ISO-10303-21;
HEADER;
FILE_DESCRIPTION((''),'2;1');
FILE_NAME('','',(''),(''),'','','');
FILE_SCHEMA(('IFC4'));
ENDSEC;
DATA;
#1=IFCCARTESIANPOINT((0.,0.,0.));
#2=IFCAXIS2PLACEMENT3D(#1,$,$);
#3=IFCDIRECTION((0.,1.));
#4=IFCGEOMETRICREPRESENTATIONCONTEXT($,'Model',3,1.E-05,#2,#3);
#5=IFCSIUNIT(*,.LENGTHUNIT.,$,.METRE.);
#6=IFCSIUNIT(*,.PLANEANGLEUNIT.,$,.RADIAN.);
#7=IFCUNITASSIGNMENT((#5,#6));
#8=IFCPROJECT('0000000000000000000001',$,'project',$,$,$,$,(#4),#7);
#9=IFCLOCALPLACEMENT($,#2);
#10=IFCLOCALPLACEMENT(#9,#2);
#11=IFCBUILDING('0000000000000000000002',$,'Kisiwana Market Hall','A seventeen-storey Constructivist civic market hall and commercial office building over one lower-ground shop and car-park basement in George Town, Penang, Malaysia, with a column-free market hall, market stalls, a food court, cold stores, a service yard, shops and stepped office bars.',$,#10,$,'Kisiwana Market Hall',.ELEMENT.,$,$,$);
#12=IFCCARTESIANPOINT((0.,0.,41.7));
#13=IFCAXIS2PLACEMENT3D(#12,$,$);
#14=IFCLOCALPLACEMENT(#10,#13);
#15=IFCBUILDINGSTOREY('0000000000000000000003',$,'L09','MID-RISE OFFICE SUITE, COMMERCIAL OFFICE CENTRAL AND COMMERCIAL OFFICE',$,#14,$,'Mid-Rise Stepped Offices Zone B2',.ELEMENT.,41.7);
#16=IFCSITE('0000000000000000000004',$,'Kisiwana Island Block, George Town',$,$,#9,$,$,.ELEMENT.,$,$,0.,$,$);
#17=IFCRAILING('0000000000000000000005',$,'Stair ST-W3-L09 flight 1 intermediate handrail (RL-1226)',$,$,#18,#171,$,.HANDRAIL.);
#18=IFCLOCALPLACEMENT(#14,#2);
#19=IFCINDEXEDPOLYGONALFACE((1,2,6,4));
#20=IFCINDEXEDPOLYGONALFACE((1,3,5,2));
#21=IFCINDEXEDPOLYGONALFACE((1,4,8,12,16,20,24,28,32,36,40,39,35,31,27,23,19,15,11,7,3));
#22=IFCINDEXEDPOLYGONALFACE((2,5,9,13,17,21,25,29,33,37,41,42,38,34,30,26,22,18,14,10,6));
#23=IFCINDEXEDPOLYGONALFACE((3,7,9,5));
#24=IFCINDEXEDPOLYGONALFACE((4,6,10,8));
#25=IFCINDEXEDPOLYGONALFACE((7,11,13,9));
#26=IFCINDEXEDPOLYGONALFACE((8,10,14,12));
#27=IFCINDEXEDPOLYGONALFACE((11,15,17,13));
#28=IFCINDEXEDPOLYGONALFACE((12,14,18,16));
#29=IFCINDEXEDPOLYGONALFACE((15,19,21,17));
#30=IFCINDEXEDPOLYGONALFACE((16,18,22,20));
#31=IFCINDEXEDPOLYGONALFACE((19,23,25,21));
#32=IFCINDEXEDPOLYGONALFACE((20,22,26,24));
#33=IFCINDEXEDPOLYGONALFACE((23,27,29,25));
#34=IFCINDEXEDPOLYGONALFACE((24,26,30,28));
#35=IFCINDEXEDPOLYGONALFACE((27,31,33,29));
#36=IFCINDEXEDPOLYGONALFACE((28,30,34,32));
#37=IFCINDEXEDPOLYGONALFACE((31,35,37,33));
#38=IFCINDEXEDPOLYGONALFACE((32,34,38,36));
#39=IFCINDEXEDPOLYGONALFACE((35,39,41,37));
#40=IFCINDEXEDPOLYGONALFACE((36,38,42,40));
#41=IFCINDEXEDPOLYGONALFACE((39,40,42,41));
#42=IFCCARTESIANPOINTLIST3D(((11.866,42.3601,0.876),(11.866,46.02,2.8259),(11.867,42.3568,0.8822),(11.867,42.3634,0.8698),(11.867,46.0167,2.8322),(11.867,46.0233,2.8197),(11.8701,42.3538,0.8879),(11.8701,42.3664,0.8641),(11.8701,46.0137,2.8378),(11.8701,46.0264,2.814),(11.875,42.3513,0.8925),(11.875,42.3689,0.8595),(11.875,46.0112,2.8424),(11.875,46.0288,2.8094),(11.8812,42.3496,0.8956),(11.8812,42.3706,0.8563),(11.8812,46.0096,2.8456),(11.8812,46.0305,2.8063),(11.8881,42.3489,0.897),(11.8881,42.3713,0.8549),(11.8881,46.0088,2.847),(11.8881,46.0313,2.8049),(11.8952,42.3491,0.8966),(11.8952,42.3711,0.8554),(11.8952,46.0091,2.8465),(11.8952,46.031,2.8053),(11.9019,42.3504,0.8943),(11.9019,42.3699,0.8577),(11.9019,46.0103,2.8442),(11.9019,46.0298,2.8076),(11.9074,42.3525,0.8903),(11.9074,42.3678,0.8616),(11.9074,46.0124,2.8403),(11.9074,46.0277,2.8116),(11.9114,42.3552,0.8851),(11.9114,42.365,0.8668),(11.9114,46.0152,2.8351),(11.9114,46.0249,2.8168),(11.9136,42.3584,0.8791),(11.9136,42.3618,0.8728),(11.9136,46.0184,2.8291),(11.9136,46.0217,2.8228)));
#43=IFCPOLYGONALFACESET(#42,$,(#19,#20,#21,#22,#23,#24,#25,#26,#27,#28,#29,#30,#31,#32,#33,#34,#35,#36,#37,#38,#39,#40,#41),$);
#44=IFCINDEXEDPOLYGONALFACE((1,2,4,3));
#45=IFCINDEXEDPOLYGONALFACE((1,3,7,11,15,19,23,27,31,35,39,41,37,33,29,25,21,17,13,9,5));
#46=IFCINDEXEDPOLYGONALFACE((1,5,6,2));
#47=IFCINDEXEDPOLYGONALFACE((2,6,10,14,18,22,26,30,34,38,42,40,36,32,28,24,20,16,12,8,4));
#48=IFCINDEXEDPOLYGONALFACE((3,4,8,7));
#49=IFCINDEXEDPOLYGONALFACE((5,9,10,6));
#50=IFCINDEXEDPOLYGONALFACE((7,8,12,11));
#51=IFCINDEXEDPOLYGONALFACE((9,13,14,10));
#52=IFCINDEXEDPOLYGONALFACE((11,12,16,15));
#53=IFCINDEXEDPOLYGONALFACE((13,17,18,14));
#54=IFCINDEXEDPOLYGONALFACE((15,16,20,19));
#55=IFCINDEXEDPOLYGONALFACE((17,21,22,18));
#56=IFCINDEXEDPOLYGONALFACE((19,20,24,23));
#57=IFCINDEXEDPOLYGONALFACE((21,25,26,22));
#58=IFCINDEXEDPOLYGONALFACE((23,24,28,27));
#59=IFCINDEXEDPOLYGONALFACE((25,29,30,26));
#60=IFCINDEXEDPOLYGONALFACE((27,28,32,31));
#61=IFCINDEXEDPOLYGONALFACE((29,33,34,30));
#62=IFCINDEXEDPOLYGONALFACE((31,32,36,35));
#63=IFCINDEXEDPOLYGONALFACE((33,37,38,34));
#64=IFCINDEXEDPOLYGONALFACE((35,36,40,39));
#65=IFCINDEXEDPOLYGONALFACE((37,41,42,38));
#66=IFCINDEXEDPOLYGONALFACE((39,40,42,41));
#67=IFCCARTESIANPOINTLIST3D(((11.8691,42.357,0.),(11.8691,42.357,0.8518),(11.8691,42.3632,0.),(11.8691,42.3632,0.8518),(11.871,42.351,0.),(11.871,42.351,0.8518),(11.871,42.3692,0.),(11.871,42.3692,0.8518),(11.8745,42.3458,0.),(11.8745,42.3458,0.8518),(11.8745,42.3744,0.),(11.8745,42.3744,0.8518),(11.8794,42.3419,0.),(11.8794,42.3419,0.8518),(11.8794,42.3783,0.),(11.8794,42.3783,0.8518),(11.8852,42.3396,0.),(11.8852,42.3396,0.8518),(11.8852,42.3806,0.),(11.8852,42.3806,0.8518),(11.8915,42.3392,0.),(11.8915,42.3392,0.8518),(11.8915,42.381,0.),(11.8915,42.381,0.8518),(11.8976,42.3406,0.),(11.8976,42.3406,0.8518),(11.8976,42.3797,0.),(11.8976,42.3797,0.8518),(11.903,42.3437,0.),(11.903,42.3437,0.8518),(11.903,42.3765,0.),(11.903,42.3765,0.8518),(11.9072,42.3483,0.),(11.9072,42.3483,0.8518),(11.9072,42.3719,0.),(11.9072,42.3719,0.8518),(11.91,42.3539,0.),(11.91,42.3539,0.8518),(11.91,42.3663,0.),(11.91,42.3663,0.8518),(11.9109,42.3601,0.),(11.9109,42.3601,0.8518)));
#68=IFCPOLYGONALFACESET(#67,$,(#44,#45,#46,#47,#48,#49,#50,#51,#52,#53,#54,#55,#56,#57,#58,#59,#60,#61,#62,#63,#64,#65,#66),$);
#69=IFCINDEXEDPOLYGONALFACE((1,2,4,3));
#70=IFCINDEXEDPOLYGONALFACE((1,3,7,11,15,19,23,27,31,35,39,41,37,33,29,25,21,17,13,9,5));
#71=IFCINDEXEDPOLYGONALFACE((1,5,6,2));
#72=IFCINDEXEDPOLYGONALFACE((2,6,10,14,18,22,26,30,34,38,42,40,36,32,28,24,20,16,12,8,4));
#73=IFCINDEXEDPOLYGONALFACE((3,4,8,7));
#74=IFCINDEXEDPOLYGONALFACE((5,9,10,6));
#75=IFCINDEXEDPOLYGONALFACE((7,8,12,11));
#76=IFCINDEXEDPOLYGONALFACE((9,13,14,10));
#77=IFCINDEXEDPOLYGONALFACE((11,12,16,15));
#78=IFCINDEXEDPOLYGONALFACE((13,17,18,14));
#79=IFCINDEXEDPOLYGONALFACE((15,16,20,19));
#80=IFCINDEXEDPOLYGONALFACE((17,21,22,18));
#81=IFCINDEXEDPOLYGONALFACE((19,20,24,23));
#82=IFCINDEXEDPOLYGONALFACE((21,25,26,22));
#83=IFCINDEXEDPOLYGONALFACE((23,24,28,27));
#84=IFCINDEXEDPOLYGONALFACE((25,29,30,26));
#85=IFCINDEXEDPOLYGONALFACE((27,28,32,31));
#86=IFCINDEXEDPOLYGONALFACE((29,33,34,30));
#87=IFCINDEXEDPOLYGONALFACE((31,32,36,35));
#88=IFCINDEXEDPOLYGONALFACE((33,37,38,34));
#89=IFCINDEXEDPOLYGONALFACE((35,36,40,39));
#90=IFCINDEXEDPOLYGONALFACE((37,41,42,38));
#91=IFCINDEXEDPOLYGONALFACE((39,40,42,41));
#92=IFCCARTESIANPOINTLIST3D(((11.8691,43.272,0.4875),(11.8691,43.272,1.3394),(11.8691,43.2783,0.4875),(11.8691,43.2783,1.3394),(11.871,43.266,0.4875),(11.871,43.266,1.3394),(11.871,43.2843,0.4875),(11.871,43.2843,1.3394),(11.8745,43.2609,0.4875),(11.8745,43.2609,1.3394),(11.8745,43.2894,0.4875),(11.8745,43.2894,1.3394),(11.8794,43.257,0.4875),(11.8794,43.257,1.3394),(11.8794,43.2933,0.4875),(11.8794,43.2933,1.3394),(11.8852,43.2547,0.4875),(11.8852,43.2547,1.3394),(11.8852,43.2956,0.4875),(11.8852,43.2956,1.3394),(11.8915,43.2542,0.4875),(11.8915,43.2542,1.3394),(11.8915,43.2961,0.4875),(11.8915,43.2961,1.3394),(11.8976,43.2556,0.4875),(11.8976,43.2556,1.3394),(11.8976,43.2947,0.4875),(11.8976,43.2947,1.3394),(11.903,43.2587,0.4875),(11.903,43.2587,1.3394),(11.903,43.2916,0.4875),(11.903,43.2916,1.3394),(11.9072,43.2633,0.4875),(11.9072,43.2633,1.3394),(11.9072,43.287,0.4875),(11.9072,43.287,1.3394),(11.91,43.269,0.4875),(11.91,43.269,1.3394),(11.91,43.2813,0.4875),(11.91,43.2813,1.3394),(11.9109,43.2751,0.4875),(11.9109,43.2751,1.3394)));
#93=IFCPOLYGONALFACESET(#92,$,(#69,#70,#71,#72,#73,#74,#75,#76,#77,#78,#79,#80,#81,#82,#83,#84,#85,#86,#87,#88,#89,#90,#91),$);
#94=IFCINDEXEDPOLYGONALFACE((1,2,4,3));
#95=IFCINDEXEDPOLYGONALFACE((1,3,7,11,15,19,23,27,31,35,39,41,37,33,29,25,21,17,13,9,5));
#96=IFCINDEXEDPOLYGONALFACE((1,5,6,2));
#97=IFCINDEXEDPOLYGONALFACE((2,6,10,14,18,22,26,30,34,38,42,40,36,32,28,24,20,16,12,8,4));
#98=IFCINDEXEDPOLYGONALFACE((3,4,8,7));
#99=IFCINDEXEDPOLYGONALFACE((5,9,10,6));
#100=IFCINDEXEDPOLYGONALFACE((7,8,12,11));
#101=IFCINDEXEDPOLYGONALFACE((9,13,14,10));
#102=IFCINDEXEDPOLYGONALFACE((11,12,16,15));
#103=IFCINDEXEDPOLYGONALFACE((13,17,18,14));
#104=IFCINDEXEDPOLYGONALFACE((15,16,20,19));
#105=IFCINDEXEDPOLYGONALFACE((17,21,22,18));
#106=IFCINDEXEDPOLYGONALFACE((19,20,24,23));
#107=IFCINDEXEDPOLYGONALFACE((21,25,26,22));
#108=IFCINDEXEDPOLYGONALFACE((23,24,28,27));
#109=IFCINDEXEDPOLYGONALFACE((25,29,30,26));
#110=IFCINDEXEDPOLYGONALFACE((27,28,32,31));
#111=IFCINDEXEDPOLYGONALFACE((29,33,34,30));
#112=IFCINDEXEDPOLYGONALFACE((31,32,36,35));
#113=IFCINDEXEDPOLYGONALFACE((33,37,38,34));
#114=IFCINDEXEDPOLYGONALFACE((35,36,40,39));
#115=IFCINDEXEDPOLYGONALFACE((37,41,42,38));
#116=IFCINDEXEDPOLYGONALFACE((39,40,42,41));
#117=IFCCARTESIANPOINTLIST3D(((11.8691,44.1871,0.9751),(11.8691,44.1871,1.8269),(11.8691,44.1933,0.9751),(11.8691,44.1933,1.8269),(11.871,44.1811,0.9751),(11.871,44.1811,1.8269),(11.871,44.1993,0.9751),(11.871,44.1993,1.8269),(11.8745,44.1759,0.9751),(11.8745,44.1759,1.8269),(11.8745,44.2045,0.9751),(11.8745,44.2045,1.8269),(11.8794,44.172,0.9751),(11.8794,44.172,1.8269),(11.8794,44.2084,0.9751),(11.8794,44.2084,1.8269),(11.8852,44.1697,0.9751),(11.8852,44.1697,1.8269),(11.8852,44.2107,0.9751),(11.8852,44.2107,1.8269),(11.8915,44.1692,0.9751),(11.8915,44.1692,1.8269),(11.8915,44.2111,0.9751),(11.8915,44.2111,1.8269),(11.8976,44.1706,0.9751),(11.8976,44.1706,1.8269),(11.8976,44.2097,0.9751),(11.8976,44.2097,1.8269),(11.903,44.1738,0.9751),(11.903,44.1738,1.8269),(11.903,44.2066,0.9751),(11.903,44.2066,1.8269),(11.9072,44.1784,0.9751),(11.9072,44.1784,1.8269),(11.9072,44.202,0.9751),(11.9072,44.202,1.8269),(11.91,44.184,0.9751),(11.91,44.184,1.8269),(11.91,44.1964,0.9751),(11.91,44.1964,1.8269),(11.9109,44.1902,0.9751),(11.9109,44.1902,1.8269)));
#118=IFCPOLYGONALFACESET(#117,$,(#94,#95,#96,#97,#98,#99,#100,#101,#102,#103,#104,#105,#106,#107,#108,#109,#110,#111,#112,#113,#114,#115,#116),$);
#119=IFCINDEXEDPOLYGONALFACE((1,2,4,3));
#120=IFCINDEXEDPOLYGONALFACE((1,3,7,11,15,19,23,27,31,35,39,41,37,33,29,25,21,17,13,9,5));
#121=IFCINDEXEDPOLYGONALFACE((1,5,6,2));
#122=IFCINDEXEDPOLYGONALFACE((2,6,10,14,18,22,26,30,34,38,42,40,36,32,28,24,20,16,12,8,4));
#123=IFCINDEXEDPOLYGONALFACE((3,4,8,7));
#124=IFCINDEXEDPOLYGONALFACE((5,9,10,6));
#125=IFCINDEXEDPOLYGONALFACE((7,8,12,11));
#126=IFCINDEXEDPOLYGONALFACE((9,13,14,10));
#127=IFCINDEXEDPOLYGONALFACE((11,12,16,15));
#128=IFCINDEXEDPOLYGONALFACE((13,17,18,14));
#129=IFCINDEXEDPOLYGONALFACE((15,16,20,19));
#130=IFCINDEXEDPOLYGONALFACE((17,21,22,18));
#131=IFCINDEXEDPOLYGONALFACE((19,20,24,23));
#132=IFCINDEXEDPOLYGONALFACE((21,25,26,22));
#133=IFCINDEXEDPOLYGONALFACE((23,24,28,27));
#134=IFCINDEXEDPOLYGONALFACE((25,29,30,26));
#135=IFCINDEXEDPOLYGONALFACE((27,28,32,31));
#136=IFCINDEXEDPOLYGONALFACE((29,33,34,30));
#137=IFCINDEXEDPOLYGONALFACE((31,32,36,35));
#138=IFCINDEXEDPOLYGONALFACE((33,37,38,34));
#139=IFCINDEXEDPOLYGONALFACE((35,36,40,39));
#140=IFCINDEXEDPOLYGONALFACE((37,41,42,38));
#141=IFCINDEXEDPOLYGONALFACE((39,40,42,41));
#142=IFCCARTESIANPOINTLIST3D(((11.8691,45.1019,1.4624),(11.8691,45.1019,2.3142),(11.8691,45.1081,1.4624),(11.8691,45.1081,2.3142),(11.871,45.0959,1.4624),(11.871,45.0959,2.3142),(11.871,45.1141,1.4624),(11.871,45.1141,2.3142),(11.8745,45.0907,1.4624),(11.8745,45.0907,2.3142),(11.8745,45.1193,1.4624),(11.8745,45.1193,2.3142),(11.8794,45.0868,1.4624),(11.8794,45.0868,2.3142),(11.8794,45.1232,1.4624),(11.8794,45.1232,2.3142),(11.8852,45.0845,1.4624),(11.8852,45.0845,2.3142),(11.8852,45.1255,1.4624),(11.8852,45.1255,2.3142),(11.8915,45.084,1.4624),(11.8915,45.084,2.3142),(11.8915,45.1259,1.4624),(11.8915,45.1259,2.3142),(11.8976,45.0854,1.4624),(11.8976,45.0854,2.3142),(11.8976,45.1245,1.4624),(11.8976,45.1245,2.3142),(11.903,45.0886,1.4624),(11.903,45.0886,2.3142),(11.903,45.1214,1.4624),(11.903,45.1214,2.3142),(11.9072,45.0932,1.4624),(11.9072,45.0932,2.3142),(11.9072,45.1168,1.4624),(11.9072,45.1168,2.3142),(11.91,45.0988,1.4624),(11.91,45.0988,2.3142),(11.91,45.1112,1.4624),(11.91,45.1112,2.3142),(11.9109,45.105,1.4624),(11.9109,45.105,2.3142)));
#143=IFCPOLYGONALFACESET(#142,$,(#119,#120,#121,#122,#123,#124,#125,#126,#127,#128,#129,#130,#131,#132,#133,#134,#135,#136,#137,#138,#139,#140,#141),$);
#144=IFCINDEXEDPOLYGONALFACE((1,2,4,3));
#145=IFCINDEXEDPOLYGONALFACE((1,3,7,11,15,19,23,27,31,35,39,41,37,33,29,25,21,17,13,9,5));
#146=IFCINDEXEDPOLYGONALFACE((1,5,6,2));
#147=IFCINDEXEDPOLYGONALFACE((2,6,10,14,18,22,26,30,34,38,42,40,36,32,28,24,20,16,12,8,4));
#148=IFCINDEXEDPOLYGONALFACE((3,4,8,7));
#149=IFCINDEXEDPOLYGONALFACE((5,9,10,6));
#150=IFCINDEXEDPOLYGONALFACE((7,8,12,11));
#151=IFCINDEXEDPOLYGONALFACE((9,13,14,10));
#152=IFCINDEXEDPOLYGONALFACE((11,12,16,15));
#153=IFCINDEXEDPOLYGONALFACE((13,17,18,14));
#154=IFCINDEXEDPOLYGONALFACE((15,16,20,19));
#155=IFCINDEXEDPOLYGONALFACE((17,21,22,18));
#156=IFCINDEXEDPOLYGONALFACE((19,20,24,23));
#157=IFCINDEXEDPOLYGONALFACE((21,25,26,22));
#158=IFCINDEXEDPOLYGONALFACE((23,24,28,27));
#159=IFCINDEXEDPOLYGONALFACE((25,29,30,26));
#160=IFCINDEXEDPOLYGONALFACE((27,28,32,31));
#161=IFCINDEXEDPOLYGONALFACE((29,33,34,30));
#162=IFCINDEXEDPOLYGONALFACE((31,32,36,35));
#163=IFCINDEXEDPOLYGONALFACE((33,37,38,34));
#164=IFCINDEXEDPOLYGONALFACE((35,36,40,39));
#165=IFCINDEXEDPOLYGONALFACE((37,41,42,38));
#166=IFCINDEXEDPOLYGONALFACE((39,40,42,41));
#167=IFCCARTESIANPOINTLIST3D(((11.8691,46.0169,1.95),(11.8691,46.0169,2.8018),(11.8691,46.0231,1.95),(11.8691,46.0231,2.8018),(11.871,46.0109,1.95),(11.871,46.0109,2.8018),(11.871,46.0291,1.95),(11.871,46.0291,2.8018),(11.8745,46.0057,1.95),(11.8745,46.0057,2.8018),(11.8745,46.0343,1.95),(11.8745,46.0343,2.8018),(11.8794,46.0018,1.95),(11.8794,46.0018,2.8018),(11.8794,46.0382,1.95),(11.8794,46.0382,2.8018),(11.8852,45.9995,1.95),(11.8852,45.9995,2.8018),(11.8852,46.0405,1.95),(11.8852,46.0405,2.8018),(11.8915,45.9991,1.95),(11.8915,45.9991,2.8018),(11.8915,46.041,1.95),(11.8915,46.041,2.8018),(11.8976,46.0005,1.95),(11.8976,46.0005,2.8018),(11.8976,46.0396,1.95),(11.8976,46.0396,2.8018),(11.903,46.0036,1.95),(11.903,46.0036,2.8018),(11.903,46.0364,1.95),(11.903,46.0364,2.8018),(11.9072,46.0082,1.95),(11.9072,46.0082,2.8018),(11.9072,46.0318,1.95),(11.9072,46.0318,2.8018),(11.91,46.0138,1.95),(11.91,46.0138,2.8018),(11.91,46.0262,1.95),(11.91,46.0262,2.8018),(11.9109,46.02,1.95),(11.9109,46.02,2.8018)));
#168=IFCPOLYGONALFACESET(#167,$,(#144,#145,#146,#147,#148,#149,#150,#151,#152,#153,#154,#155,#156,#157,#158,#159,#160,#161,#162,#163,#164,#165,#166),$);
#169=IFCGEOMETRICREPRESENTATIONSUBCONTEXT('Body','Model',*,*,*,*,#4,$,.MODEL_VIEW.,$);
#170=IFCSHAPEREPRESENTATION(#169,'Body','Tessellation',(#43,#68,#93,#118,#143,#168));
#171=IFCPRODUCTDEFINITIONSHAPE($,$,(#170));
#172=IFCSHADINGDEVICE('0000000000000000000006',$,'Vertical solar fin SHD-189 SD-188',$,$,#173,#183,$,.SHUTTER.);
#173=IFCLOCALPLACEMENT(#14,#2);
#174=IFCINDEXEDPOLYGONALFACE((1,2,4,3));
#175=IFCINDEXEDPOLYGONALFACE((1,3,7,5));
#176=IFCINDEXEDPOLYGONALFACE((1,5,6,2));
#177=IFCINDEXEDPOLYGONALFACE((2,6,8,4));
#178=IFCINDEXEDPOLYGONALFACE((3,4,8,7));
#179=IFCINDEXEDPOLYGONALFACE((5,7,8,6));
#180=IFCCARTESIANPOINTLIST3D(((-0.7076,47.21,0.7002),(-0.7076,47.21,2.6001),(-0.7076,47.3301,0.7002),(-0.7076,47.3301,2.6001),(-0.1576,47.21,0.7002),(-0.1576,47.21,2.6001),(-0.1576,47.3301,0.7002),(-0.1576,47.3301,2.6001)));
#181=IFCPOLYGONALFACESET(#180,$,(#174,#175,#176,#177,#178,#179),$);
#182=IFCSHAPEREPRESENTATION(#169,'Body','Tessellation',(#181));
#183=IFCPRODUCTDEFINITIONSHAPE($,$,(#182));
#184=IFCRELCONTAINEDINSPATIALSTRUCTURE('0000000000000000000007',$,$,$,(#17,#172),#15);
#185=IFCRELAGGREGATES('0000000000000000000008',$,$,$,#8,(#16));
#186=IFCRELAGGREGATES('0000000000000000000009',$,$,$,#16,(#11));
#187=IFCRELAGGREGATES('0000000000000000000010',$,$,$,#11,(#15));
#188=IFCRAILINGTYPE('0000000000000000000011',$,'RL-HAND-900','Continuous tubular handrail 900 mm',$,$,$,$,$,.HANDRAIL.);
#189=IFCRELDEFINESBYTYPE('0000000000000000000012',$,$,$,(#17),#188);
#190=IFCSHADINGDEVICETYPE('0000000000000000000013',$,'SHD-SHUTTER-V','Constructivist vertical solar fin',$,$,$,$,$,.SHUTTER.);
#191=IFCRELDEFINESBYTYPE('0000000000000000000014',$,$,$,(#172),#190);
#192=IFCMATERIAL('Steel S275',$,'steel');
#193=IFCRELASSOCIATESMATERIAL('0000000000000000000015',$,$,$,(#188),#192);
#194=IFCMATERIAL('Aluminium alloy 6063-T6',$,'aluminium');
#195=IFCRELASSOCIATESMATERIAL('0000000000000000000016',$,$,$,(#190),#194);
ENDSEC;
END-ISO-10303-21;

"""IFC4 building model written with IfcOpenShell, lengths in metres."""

from ifc_helpers import new_model, si_unit, direction, frame, origin, origin_2d, place, context, subcontext, project, spatial, rectangle, circle, extrude, material, type_object, element, save


model = new_model("IFC4")

# Units and contexts
model_context = context("Model", 3, precision=1e-05, world=origin(), true_north=direction((0.0, 1.0)))
body_context = subcontext(model_context, "Body", "Model", "MODEL_VIEW")
ifc_project = project(units=[si_unit("LENGTHUNIT", "METRE"), si_unit("PLANEANGLEUNIT", "RADIAN")], contexts=[model_context])

# Site, building, storey
site_placement = place(None, origin())
site = spatial("IfcSite", under=ifc_project, at=site_placement, Name="Kisiwana Island Block, George Town", CompositionType="ELEMENT", RefElevation=0.0)
building_placement = place(site_placement, origin())
building = spatial("IfcBuilding", under=site, at=building_placement, Name="Kisiwana Market Hall", Description="A seventeen-storey Constructivist civic market hall and commercial office building over one lower-ground shop and car-park basement in George Town, Penang, Malaysia, with a column-free market hall, market stalls, a food court, cold stores, a service yard, shops and stepped office bars.", LongName="Kisiwana Market Hall", CompositionType="ELEMENT")
storey_placement = place(building_placement, frame((0.0, 0.0, 41.7)))
storey = spatial("IfcBuildingStorey", under=building, at=storey_placement, Name="L09", Description="MID-RISE OFFICE SUITE, COMMERCIAL OFFICE CENTRAL AND COMMERCIAL OFFICE", LongName="Mid-Rise Stepped Offices Zone B2", CompositionType="ELEMENT", Elevation=41.7)

# Railing
ifc_material_1 = material(Name="Steel S275", Category="steel")
railing_type_1 = type_object("IfcRailingType", Name="RL-HAND-900", Description="Continuous tubular handrail 900 mm", PredefinedType="HANDRAIL", material=ifc_material_1)
for number, where, name in (
    (1, (11.8899, 42.3601, 0.0), "Stair ST-W3-L09 flight 1 intermediate handrail (RL-1226)"),
):
    element("IfcRailing", number, at=place(storey_placement, frame(where)), inside=storey, type_object=railing_type_1, Name=name, PredefinedType="HANDRAIL", context=body_context, shape_type="SweptSolid", body=[
        extrude(circle(Radius=0.0239, at=origin_2d()), frame((0.0, 0.0, 0.876), z_axis=(0.0, 0.882553, 0.470212), x_axis=(-1.0, 0.0, 0.0)), (0.0, 0.0, 1.0), 4.147),
        extrude(circle(Radius=0.021, at=origin_2d()), origin(), (0.0, 0.0, 1.0), 0.8518),
        extrude(circle(Radius=0.021, at=origin_2d()), frame((0.0, 0.915, 0.4875)), (0.0, 0.0, 1.0), 0.8518),
        extrude(circle(Radius=0.021, at=origin_2d()), frame((0.0, 1.8301, 0.9751)), (0.0, 0.0, 1.0), 0.8518),
        extrude(circle(Radius=0.021, at=origin_2d()), frame((0.0, 2.7449, 1.4624)), (0.0, 0.0, 1.0), 0.8518),
        extrude(circle(Radius=0.021, at=origin_2d()), frame((0.0, 3.6599, 1.95)), (0.0, 0.0, 1.0), 0.8518),
    ])

# Shading device
ifc_material_2 = material(Name="Aluminium alloy 6063-T6", Category="aluminium")
shading_device_type = type_object("IfcShadingDeviceType", Name="SHD-SHUTTER-V", Description="Constructivist vertical solar fin", PredefinedType="SHUTTER", material=ifc_material_2)
shading_device_placement = place(storey_placement, frame((-0.4326, 47.27, 0.7002), z_axis=(0.0, 0.0, 1.0), x_axis=(0.0, 1.0, 0.0)))
element("IfcShadingDevice", 2, at=shading_device_placement, inside=storey, type_object=shading_device_type, Name="Vertical solar fin SHD-189 SD-188", PredefinedType="SHUTTER", context=body_context, shape_type="SweptSolid", body=[
    extrude(rectangle(XDim=0.1201, YDim=0.55, at=origin_2d()), origin(), (0.0, 0.0, 1.0), 1.8999),
])

save(model, "model.ifc")
